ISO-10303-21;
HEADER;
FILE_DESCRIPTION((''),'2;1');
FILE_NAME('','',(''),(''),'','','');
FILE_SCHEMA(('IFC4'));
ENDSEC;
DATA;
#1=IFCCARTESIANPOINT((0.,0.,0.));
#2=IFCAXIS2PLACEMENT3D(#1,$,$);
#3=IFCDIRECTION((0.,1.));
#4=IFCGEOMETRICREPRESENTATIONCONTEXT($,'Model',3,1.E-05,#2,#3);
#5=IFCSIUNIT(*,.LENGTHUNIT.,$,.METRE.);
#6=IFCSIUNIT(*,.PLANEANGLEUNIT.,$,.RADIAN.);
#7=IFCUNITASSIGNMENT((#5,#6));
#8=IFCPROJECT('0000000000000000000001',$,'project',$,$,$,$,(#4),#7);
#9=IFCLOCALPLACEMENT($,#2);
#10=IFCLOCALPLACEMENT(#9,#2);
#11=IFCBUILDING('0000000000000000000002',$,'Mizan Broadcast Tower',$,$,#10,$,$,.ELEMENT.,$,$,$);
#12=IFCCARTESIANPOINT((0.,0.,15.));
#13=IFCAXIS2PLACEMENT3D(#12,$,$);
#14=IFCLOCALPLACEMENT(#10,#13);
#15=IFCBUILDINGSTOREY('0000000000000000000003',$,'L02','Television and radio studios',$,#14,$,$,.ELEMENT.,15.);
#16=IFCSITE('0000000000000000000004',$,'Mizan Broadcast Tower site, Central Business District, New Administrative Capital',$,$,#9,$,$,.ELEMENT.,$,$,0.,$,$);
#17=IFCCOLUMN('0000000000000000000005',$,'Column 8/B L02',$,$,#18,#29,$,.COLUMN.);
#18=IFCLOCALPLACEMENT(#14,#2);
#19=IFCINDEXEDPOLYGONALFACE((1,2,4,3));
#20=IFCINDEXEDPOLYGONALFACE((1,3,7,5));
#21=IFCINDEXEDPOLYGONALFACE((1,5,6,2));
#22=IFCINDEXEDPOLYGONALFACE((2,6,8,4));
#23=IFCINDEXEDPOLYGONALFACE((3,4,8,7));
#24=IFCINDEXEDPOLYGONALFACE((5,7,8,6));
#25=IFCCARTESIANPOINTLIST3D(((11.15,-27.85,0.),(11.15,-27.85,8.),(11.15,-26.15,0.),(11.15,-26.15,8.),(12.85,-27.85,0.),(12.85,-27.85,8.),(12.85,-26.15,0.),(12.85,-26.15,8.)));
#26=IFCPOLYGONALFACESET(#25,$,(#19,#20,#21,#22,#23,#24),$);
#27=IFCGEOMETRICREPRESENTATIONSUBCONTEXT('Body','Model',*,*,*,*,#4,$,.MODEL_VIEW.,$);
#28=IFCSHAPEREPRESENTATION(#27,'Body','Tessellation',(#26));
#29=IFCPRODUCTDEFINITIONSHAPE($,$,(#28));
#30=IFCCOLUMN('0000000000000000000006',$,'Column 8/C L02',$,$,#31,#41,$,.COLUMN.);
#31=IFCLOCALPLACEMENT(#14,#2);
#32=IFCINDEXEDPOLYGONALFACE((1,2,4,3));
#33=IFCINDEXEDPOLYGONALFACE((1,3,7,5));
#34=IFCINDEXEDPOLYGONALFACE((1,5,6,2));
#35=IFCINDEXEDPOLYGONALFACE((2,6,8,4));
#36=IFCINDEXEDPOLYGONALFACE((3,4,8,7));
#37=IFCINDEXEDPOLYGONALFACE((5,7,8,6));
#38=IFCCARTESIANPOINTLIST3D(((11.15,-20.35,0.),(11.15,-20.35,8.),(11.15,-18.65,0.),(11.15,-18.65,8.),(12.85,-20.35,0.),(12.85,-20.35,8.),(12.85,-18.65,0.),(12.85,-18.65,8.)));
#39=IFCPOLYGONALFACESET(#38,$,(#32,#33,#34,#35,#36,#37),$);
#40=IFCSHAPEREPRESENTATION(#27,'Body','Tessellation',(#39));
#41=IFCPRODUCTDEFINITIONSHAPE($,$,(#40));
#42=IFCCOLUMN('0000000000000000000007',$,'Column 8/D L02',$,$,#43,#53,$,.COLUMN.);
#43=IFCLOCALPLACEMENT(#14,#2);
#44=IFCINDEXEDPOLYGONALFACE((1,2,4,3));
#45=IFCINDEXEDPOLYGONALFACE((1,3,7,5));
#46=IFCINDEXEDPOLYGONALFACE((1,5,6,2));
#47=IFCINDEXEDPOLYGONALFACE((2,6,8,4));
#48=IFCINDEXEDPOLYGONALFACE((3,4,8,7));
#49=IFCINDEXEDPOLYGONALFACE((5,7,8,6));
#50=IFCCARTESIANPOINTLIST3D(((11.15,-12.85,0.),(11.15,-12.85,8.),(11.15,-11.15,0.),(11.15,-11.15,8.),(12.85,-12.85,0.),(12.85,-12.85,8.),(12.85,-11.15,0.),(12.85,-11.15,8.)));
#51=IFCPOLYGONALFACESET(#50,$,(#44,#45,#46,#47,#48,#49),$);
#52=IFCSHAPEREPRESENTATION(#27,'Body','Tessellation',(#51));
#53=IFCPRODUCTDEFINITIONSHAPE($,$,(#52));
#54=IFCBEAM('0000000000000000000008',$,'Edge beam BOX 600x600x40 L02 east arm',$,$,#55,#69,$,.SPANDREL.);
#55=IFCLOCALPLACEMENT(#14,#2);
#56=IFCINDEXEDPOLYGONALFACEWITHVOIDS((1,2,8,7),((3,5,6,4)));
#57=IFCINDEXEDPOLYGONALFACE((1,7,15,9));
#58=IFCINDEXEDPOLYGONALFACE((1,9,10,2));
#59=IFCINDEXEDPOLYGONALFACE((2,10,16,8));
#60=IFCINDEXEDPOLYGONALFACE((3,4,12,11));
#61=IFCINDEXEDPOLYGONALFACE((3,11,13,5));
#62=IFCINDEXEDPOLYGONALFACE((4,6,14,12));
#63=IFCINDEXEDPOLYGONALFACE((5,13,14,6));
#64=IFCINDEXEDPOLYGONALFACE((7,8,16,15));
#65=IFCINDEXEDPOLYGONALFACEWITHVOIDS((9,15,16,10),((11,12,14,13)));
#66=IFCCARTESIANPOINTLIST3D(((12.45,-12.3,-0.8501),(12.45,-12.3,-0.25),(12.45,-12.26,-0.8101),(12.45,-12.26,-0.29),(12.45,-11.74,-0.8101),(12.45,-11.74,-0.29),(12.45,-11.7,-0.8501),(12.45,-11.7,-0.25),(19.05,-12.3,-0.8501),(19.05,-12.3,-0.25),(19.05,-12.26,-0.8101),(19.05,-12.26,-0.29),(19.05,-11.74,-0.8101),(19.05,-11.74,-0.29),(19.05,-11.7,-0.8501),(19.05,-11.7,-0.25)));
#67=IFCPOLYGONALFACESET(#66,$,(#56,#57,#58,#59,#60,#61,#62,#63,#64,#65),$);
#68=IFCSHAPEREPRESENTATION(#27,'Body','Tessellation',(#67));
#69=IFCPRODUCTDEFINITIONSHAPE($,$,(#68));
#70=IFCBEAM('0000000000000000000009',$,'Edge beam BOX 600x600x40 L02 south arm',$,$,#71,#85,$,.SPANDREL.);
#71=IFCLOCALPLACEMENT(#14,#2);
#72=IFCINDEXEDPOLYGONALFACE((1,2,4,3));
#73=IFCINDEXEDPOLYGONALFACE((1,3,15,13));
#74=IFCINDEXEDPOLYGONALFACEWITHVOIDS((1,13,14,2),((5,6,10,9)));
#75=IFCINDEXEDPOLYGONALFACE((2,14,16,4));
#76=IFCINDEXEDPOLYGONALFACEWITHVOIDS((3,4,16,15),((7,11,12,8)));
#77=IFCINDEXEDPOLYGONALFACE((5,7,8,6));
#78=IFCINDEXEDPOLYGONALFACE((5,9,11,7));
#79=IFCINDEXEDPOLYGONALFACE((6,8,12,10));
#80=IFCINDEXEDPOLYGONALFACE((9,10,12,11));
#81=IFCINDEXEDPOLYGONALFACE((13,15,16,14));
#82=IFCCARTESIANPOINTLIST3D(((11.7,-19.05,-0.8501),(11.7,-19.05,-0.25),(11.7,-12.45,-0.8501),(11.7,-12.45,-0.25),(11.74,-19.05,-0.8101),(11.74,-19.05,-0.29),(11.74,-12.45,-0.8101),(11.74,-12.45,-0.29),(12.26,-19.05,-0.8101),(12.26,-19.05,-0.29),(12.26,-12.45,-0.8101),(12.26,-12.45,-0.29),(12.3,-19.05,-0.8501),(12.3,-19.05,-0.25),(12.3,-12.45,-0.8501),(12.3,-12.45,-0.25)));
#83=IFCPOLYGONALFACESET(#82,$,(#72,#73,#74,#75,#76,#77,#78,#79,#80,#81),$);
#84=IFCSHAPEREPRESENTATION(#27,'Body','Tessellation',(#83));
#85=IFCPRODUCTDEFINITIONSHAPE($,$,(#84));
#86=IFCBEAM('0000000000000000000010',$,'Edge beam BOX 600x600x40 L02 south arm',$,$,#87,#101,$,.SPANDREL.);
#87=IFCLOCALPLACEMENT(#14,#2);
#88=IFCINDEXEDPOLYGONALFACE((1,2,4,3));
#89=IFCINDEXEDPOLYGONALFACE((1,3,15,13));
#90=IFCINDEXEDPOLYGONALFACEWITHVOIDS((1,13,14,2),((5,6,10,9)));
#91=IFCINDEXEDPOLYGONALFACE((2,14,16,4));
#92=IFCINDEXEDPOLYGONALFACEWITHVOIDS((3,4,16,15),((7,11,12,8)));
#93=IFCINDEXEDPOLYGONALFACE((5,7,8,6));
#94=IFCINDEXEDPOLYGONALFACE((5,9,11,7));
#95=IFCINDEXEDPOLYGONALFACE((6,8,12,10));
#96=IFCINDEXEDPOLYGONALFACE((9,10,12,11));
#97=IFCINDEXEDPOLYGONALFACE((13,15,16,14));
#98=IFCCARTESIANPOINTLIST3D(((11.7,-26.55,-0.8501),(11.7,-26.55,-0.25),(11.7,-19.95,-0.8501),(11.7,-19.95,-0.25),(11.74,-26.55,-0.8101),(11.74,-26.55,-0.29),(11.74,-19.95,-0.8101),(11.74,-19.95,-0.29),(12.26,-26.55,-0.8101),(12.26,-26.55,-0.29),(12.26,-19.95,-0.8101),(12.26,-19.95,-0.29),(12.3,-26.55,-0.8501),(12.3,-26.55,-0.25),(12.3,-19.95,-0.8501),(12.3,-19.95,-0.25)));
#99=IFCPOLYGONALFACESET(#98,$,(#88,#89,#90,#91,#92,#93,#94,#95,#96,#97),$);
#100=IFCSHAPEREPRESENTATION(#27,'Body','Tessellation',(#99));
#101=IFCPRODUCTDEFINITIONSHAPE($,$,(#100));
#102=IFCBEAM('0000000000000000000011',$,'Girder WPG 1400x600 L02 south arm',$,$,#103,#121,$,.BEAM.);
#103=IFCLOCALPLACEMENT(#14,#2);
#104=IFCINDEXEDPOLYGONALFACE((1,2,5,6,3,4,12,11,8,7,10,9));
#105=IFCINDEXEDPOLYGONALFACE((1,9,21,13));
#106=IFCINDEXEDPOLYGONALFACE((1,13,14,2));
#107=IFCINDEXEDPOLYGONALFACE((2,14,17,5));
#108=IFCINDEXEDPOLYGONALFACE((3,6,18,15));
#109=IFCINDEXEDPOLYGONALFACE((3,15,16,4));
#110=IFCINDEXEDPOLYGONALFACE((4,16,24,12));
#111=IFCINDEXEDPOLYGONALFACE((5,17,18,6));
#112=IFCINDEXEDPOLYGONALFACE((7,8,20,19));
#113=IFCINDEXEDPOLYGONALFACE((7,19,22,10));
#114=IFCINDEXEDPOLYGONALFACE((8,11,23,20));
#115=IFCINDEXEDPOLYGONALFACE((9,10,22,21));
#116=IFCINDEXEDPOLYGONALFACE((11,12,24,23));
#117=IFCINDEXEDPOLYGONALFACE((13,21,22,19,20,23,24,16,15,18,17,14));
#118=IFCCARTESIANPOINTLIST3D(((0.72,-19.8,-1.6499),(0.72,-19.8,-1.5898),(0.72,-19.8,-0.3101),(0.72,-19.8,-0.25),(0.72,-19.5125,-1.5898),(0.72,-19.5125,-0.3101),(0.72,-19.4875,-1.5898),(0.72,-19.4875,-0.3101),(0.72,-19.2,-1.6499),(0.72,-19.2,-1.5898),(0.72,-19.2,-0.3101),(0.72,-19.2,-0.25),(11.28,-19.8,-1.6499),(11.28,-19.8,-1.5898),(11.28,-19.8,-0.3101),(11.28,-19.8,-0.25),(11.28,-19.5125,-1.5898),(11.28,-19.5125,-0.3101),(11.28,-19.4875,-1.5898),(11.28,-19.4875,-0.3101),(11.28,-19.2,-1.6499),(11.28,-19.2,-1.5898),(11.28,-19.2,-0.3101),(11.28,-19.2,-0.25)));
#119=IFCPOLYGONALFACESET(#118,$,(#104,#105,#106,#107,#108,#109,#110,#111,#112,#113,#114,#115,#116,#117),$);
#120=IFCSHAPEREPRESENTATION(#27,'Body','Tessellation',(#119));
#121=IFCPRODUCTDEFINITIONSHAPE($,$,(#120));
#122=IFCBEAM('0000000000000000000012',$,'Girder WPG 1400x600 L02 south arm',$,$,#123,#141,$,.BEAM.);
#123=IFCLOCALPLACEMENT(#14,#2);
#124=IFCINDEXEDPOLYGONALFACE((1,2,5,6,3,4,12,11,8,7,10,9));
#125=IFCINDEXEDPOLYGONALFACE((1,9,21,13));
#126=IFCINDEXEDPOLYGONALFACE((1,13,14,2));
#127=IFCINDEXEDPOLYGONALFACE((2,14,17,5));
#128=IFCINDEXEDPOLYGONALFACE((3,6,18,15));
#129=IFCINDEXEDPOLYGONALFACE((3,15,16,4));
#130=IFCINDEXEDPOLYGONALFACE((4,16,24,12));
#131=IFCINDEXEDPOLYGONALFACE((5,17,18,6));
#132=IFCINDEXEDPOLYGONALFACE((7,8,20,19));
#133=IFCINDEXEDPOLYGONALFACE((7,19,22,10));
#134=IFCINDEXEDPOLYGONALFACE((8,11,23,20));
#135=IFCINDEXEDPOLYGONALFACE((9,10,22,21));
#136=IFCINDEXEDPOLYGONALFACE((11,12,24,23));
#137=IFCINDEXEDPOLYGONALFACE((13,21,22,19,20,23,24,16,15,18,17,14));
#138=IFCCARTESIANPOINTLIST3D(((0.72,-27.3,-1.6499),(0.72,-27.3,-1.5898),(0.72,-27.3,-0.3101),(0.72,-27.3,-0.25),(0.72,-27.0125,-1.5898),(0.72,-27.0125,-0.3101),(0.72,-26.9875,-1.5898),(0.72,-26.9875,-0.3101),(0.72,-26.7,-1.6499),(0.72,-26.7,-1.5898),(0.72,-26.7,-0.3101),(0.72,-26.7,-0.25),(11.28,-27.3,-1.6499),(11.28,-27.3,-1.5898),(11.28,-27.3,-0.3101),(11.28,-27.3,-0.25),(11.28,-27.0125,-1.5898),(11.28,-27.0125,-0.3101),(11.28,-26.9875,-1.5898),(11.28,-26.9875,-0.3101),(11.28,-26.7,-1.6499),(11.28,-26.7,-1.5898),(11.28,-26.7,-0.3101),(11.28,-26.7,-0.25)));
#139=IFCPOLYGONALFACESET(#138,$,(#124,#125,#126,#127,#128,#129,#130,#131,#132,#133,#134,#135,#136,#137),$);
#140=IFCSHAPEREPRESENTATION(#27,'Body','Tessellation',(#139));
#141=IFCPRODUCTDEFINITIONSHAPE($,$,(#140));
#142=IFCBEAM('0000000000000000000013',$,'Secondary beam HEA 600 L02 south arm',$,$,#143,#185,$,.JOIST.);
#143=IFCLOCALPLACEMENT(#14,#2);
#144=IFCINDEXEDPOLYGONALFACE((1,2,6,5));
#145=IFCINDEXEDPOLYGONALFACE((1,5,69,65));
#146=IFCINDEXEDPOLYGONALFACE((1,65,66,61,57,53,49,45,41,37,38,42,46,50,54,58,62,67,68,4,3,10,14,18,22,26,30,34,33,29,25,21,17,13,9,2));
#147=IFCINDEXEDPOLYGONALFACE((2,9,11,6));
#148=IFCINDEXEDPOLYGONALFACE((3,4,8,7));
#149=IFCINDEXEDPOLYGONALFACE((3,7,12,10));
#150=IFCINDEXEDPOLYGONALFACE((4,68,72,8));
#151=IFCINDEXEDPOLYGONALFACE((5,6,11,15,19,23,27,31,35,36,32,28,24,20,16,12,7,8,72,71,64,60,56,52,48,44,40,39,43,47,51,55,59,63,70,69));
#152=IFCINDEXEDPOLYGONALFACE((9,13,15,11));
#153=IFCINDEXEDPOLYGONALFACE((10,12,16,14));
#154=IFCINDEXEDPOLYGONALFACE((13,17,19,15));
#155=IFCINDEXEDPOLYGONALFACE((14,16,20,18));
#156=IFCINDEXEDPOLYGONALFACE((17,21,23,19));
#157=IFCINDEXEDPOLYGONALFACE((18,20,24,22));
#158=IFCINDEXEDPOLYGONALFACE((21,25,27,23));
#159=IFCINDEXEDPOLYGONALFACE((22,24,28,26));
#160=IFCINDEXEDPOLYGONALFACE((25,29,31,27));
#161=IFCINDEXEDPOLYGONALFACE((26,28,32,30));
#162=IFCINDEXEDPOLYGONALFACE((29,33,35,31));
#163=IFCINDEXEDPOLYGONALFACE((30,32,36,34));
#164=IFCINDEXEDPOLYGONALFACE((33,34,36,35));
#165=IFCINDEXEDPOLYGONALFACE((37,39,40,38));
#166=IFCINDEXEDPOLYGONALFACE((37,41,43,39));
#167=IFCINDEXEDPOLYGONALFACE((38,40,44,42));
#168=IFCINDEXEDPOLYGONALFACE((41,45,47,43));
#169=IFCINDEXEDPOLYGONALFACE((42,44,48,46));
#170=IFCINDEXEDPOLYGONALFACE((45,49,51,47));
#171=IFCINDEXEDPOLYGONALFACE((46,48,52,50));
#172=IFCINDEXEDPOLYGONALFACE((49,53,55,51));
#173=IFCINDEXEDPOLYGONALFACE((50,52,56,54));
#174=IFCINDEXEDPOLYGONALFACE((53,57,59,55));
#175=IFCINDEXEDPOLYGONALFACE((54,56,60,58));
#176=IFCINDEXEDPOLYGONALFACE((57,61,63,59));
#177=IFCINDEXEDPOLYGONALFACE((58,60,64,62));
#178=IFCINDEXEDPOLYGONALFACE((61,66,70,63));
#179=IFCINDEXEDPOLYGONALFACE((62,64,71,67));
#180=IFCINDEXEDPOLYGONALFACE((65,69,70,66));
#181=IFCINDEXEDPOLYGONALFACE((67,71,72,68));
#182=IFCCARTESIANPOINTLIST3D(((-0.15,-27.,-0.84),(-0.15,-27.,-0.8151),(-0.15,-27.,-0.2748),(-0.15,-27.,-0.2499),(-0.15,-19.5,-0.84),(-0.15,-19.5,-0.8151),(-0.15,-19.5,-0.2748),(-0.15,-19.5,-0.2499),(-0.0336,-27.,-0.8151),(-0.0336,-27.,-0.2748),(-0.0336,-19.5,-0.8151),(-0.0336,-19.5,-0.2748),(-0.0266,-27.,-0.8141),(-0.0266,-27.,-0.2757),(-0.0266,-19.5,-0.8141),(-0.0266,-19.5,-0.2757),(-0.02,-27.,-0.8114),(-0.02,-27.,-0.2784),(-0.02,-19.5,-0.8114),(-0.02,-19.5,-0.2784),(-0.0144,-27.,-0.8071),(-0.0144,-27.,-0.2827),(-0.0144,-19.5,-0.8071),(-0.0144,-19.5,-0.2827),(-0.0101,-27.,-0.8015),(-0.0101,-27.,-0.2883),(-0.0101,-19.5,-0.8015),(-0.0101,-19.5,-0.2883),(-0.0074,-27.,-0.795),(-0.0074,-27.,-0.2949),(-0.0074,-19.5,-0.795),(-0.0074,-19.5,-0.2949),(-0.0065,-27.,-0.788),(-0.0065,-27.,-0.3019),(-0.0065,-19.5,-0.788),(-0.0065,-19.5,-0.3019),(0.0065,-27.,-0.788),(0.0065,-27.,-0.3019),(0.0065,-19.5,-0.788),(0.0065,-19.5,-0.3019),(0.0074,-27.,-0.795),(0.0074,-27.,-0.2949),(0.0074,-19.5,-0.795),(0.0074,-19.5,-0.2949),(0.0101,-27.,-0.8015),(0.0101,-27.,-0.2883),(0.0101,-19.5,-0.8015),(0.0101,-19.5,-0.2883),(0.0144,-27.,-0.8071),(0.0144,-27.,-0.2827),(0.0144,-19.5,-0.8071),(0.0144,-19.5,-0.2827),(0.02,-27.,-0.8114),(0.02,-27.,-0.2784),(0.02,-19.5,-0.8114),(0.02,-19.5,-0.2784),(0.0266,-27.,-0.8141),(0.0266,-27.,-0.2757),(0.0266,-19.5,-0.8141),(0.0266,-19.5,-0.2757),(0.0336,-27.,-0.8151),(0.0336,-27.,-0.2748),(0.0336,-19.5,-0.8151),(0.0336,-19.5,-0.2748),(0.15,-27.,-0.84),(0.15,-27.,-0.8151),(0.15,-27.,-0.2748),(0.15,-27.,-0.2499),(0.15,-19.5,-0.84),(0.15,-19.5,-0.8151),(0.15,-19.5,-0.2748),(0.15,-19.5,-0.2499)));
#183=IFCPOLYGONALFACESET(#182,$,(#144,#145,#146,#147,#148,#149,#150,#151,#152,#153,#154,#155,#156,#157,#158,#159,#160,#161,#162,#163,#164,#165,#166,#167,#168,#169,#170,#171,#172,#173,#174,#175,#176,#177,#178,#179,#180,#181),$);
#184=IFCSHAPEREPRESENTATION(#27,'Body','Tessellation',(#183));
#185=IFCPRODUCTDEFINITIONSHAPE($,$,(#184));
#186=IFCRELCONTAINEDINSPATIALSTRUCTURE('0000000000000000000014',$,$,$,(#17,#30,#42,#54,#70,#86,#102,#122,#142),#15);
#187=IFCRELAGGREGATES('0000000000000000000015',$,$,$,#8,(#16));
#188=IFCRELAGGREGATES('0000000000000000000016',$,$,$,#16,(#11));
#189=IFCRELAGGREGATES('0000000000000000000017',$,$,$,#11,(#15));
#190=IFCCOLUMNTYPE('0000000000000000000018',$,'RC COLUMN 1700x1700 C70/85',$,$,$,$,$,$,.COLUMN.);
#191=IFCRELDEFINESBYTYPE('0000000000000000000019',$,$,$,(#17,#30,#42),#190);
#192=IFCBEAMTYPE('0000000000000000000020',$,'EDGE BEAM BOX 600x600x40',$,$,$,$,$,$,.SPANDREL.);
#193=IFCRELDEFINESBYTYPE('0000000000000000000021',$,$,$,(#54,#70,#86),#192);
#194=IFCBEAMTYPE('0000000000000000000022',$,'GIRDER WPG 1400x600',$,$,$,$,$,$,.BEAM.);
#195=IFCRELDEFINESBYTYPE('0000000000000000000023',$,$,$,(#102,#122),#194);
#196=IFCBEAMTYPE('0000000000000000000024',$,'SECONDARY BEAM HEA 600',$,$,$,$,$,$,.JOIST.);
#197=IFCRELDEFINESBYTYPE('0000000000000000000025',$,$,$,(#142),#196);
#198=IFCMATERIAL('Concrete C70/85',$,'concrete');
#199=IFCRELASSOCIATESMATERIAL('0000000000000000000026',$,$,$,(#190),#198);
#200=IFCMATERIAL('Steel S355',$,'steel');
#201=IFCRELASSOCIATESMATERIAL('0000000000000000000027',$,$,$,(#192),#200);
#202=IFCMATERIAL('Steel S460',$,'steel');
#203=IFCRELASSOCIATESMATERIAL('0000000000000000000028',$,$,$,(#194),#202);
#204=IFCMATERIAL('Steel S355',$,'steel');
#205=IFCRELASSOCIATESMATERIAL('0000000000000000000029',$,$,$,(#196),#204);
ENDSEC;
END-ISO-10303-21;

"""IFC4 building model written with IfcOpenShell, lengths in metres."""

from ifc_helpers import new_model, si_unit, direction, frame, origin, origin_2d, place, context, subcontext, project, spatial, rectangle, hollow_rectangle, i_section, extrude, material, material_profile, profile_set, type_object, element, save


model = new_model("IFC4")

# Units and contexts
model_context = context("Model", 3, precision=1e-05, world=origin(), true_north=direction((0.0, 1.0)))
body_context = subcontext(model_context, "Body", "Model", "MODEL_VIEW")
ifc_project = project(units=[si_unit("LENGTHUNIT", "METRE"), si_unit("PLANEANGLEUNIT", "RADIAN")], contexts=[model_context])

# Site, building, storey
site_placement = place(None, origin())
site = spatial("IfcSite", under=ifc_project, at=site_placement, Name="Mizan Broadcast Tower site, Central Business District, New Administrative Capital", CompositionType="ELEMENT", RefElevation=0.0)
building_placement = place(site_placement, origin())
building = spatial("IfcBuilding", under=site, at=building_placement, Name="Mizan Broadcast Tower", CompositionType="ELEMENT")
storey_placement = place(building_placement, frame((0.0, 0.0, 15.0)))
storey = spatial("IfcBuildingStorey", under=building, at=storey_placement, Name="L02", Description="Television and radio studios", CompositionType="ELEMENT", Elevation=15.0)

# Columns
ifc_material_1 = material(Name="Concrete C70/85", Category="concrete")
ifc_material_profile_1 = material_profile(ifc_material_1, rectangle(XDim=1.7, YDim=1.7, at=origin_2d()), Name="RC 1700x1700")
ifc_profile_set_1 = profile_set([ifc_material_profile_1], Name="Concrete C70/85")
column_type = type_object("IfcColumnType", Name="RC COLUMN 1700x1700 C70/85", PredefinedType="COLUMN", material=ifc_profile_set_1)
for number, where, z_axis, x_axis, name in (
    (1, (12.0, -27.0, 0.0), (0.0, 0.0, 1.0), (1.0, 0.0, 0.0), "Column 8/B L02"),
    (2, (12.0, -19.5, 0.0), (0.0, 0.0, 1.0), (1.0, 0.0, 0.0), "Column 8/C L02"),
    (3, (12.0, -12.0, 0.0), (0.0, 0.0, 1.0), (1.0, 0.0, 0.0), "Column 8/D L02"),
):
    element("IfcColumn", number, at=place(storey_placement, frame(where, z_axis=z_axis, x_axis=x_axis)), inside=storey, type_object=column_type, Name=name, PredefinedType="COLUMN", context=body_context, shape_type="SweptSolid", body=[
        extrude(rectangle(XDim=1.7, YDim=1.7, at=origin_2d()), origin(), (0.0, 0.0, 1.0), 8.0),
    ])

# Beams
ifc_material_2 = material(Name="Steel S355", Category="steel")
ifc_material_profile_2 = material_profile(ifc_material_2, hollow_rectangle(XDim=0.6001, YDim=0.6001, WallThickness=0.04, at=origin_2d()), Name="BOX 600x600x40")
ifc_profile_set_2 = profile_set([ifc_material_profile_2], Name="Steel S355")
beam_type_1 = type_object("IfcBeamType", Name="EDGE BEAM BOX 600x600x40", PredefinedType="SPANDREL", material=ifc_profile_set_2)
for number, where, z_axis, x_axis, name in (
    (4, (12.45, -12.0, -0.55), (1.0, 0.0, 0.0), (0.0, 1.0, 0.0), "Edge beam BOX 600x600x40 L02 east arm"),
    (5, (12.0, -12.45, -0.55), (0.0, -1.0, 0.0), (1.0, 0.0, 0.0), "Edge beam BOX 600x600x40 L02 south arm"),
    (6, (12.0, -19.95, -0.55), (0.0, -1.0, 0.0), (1.0, 0.0, 0.0), "Edge beam BOX 600x600x40 L02 south arm"),
):
    element("IfcBeam", number, at=place(storey_placement, frame(where, z_axis=z_axis, x_axis=x_axis)), inside=storey, type_object=beam_type_1, Name=name, PredefinedType="SPANDREL", context=body_context, shape_type="SweptSolid", body=[
        extrude(hollow_rectangle(XDim=0.6001, YDim=0.6001, WallThickness=0.04, at=origin_2d()), origin(), (0.0, 0.0, 1.0), 6.6001),
    ])
ifc_material_3 = material(Name="Steel S460", Category="steel")
ifc_material_profile_3 = material_profile(ifc_material_3, i_section(OverallWidth=0.6001, OverallDepth=1.3999, WebThickness=0.0249, FlangeThickness=0.0601, at=origin_2d()), Name="WPG 1400x600")
ifc_profile_set_3 = profile_set([ifc_material_profile_3], Name="Steel S460")
beam_type_2 = type_object("IfcBeamType", Name="GIRDER WPG 1400x600", PredefinedType="BEAM", material=ifc_profile_set_3)
for number, where, z_axis, x_axis, name in (
    (7, (0.72, -19.5, -0.95), (1.0, 0.0, 0.0), (0.0, 1.0, 0.0), "Girder WPG 1400x600 L02 south arm"),
    (8, (0.72, -27.0, -0.95), (1.0, 0.0, 0.0), (0.0, 1.0, 0.0), "Girder WPG 1400x600 L02 south arm"),
):
    element("IfcBeam", number, at=place(storey_placement, frame(where, z_axis=z_axis, x_axis=x_axis)), inside=storey, type_object=beam_type_2, Name=name, PredefinedType="BEAM", context=body_context, shape_type="SweptSolid", body=[
        extrude(i_section(OverallWidth=0.6001, OverallDepth=1.3999, WebThickness=0.0249, FlangeThickness=0.0601, at=origin_2d()), origin(), (0.0, 0.0, 1.0), 10.5601),
    ])
ifc_material_4 = material(Name="Steel S355", Category="steel")
ifc_material_profile_4 = material_profile(ifc_material_4, i_section(OverallWidth=0.3, OverallDepth=0.5901, WebThickness=0.0129, FlangeThickness=0.0249, FilletRadius=0.0271, at=origin_2d()), Name="HEA 600")
ifc_profile_set_4 = profile_set([ifc_material_profile_4], Name="Steel S355")
beam_type_3 = type_object("IfcBeamType", Name="SECONDARY BEAM HEA 600", PredefinedType="JOIST", material=ifc_profile_set_4)
beam_1_placement = place(storey_placement, frame((0.0, -19.5, -0.5449), z_axis=(0.0, -1.0, 0.0), x_axis=(1.0, 0.0, 0.0)))
element("IfcBeam", 9, at=beam_1_placement, inside=storey, type_object=beam_type_3, Name="Secondary beam HEA 600 L02 south arm", PredefinedType="JOIST", context=body_context, shape_type="SweptSolid", body=[
    extrude(i_section(OverallWidth=0.3, OverallDepth=0.5901, WebThickness=0.0129, FlangeThickness=0.0249, FilletRadius=0.0271, at=origin_2d()), origin(), (0.0, 0.0, 1.0), 7.5),
])

save(model, "model.ifc")
